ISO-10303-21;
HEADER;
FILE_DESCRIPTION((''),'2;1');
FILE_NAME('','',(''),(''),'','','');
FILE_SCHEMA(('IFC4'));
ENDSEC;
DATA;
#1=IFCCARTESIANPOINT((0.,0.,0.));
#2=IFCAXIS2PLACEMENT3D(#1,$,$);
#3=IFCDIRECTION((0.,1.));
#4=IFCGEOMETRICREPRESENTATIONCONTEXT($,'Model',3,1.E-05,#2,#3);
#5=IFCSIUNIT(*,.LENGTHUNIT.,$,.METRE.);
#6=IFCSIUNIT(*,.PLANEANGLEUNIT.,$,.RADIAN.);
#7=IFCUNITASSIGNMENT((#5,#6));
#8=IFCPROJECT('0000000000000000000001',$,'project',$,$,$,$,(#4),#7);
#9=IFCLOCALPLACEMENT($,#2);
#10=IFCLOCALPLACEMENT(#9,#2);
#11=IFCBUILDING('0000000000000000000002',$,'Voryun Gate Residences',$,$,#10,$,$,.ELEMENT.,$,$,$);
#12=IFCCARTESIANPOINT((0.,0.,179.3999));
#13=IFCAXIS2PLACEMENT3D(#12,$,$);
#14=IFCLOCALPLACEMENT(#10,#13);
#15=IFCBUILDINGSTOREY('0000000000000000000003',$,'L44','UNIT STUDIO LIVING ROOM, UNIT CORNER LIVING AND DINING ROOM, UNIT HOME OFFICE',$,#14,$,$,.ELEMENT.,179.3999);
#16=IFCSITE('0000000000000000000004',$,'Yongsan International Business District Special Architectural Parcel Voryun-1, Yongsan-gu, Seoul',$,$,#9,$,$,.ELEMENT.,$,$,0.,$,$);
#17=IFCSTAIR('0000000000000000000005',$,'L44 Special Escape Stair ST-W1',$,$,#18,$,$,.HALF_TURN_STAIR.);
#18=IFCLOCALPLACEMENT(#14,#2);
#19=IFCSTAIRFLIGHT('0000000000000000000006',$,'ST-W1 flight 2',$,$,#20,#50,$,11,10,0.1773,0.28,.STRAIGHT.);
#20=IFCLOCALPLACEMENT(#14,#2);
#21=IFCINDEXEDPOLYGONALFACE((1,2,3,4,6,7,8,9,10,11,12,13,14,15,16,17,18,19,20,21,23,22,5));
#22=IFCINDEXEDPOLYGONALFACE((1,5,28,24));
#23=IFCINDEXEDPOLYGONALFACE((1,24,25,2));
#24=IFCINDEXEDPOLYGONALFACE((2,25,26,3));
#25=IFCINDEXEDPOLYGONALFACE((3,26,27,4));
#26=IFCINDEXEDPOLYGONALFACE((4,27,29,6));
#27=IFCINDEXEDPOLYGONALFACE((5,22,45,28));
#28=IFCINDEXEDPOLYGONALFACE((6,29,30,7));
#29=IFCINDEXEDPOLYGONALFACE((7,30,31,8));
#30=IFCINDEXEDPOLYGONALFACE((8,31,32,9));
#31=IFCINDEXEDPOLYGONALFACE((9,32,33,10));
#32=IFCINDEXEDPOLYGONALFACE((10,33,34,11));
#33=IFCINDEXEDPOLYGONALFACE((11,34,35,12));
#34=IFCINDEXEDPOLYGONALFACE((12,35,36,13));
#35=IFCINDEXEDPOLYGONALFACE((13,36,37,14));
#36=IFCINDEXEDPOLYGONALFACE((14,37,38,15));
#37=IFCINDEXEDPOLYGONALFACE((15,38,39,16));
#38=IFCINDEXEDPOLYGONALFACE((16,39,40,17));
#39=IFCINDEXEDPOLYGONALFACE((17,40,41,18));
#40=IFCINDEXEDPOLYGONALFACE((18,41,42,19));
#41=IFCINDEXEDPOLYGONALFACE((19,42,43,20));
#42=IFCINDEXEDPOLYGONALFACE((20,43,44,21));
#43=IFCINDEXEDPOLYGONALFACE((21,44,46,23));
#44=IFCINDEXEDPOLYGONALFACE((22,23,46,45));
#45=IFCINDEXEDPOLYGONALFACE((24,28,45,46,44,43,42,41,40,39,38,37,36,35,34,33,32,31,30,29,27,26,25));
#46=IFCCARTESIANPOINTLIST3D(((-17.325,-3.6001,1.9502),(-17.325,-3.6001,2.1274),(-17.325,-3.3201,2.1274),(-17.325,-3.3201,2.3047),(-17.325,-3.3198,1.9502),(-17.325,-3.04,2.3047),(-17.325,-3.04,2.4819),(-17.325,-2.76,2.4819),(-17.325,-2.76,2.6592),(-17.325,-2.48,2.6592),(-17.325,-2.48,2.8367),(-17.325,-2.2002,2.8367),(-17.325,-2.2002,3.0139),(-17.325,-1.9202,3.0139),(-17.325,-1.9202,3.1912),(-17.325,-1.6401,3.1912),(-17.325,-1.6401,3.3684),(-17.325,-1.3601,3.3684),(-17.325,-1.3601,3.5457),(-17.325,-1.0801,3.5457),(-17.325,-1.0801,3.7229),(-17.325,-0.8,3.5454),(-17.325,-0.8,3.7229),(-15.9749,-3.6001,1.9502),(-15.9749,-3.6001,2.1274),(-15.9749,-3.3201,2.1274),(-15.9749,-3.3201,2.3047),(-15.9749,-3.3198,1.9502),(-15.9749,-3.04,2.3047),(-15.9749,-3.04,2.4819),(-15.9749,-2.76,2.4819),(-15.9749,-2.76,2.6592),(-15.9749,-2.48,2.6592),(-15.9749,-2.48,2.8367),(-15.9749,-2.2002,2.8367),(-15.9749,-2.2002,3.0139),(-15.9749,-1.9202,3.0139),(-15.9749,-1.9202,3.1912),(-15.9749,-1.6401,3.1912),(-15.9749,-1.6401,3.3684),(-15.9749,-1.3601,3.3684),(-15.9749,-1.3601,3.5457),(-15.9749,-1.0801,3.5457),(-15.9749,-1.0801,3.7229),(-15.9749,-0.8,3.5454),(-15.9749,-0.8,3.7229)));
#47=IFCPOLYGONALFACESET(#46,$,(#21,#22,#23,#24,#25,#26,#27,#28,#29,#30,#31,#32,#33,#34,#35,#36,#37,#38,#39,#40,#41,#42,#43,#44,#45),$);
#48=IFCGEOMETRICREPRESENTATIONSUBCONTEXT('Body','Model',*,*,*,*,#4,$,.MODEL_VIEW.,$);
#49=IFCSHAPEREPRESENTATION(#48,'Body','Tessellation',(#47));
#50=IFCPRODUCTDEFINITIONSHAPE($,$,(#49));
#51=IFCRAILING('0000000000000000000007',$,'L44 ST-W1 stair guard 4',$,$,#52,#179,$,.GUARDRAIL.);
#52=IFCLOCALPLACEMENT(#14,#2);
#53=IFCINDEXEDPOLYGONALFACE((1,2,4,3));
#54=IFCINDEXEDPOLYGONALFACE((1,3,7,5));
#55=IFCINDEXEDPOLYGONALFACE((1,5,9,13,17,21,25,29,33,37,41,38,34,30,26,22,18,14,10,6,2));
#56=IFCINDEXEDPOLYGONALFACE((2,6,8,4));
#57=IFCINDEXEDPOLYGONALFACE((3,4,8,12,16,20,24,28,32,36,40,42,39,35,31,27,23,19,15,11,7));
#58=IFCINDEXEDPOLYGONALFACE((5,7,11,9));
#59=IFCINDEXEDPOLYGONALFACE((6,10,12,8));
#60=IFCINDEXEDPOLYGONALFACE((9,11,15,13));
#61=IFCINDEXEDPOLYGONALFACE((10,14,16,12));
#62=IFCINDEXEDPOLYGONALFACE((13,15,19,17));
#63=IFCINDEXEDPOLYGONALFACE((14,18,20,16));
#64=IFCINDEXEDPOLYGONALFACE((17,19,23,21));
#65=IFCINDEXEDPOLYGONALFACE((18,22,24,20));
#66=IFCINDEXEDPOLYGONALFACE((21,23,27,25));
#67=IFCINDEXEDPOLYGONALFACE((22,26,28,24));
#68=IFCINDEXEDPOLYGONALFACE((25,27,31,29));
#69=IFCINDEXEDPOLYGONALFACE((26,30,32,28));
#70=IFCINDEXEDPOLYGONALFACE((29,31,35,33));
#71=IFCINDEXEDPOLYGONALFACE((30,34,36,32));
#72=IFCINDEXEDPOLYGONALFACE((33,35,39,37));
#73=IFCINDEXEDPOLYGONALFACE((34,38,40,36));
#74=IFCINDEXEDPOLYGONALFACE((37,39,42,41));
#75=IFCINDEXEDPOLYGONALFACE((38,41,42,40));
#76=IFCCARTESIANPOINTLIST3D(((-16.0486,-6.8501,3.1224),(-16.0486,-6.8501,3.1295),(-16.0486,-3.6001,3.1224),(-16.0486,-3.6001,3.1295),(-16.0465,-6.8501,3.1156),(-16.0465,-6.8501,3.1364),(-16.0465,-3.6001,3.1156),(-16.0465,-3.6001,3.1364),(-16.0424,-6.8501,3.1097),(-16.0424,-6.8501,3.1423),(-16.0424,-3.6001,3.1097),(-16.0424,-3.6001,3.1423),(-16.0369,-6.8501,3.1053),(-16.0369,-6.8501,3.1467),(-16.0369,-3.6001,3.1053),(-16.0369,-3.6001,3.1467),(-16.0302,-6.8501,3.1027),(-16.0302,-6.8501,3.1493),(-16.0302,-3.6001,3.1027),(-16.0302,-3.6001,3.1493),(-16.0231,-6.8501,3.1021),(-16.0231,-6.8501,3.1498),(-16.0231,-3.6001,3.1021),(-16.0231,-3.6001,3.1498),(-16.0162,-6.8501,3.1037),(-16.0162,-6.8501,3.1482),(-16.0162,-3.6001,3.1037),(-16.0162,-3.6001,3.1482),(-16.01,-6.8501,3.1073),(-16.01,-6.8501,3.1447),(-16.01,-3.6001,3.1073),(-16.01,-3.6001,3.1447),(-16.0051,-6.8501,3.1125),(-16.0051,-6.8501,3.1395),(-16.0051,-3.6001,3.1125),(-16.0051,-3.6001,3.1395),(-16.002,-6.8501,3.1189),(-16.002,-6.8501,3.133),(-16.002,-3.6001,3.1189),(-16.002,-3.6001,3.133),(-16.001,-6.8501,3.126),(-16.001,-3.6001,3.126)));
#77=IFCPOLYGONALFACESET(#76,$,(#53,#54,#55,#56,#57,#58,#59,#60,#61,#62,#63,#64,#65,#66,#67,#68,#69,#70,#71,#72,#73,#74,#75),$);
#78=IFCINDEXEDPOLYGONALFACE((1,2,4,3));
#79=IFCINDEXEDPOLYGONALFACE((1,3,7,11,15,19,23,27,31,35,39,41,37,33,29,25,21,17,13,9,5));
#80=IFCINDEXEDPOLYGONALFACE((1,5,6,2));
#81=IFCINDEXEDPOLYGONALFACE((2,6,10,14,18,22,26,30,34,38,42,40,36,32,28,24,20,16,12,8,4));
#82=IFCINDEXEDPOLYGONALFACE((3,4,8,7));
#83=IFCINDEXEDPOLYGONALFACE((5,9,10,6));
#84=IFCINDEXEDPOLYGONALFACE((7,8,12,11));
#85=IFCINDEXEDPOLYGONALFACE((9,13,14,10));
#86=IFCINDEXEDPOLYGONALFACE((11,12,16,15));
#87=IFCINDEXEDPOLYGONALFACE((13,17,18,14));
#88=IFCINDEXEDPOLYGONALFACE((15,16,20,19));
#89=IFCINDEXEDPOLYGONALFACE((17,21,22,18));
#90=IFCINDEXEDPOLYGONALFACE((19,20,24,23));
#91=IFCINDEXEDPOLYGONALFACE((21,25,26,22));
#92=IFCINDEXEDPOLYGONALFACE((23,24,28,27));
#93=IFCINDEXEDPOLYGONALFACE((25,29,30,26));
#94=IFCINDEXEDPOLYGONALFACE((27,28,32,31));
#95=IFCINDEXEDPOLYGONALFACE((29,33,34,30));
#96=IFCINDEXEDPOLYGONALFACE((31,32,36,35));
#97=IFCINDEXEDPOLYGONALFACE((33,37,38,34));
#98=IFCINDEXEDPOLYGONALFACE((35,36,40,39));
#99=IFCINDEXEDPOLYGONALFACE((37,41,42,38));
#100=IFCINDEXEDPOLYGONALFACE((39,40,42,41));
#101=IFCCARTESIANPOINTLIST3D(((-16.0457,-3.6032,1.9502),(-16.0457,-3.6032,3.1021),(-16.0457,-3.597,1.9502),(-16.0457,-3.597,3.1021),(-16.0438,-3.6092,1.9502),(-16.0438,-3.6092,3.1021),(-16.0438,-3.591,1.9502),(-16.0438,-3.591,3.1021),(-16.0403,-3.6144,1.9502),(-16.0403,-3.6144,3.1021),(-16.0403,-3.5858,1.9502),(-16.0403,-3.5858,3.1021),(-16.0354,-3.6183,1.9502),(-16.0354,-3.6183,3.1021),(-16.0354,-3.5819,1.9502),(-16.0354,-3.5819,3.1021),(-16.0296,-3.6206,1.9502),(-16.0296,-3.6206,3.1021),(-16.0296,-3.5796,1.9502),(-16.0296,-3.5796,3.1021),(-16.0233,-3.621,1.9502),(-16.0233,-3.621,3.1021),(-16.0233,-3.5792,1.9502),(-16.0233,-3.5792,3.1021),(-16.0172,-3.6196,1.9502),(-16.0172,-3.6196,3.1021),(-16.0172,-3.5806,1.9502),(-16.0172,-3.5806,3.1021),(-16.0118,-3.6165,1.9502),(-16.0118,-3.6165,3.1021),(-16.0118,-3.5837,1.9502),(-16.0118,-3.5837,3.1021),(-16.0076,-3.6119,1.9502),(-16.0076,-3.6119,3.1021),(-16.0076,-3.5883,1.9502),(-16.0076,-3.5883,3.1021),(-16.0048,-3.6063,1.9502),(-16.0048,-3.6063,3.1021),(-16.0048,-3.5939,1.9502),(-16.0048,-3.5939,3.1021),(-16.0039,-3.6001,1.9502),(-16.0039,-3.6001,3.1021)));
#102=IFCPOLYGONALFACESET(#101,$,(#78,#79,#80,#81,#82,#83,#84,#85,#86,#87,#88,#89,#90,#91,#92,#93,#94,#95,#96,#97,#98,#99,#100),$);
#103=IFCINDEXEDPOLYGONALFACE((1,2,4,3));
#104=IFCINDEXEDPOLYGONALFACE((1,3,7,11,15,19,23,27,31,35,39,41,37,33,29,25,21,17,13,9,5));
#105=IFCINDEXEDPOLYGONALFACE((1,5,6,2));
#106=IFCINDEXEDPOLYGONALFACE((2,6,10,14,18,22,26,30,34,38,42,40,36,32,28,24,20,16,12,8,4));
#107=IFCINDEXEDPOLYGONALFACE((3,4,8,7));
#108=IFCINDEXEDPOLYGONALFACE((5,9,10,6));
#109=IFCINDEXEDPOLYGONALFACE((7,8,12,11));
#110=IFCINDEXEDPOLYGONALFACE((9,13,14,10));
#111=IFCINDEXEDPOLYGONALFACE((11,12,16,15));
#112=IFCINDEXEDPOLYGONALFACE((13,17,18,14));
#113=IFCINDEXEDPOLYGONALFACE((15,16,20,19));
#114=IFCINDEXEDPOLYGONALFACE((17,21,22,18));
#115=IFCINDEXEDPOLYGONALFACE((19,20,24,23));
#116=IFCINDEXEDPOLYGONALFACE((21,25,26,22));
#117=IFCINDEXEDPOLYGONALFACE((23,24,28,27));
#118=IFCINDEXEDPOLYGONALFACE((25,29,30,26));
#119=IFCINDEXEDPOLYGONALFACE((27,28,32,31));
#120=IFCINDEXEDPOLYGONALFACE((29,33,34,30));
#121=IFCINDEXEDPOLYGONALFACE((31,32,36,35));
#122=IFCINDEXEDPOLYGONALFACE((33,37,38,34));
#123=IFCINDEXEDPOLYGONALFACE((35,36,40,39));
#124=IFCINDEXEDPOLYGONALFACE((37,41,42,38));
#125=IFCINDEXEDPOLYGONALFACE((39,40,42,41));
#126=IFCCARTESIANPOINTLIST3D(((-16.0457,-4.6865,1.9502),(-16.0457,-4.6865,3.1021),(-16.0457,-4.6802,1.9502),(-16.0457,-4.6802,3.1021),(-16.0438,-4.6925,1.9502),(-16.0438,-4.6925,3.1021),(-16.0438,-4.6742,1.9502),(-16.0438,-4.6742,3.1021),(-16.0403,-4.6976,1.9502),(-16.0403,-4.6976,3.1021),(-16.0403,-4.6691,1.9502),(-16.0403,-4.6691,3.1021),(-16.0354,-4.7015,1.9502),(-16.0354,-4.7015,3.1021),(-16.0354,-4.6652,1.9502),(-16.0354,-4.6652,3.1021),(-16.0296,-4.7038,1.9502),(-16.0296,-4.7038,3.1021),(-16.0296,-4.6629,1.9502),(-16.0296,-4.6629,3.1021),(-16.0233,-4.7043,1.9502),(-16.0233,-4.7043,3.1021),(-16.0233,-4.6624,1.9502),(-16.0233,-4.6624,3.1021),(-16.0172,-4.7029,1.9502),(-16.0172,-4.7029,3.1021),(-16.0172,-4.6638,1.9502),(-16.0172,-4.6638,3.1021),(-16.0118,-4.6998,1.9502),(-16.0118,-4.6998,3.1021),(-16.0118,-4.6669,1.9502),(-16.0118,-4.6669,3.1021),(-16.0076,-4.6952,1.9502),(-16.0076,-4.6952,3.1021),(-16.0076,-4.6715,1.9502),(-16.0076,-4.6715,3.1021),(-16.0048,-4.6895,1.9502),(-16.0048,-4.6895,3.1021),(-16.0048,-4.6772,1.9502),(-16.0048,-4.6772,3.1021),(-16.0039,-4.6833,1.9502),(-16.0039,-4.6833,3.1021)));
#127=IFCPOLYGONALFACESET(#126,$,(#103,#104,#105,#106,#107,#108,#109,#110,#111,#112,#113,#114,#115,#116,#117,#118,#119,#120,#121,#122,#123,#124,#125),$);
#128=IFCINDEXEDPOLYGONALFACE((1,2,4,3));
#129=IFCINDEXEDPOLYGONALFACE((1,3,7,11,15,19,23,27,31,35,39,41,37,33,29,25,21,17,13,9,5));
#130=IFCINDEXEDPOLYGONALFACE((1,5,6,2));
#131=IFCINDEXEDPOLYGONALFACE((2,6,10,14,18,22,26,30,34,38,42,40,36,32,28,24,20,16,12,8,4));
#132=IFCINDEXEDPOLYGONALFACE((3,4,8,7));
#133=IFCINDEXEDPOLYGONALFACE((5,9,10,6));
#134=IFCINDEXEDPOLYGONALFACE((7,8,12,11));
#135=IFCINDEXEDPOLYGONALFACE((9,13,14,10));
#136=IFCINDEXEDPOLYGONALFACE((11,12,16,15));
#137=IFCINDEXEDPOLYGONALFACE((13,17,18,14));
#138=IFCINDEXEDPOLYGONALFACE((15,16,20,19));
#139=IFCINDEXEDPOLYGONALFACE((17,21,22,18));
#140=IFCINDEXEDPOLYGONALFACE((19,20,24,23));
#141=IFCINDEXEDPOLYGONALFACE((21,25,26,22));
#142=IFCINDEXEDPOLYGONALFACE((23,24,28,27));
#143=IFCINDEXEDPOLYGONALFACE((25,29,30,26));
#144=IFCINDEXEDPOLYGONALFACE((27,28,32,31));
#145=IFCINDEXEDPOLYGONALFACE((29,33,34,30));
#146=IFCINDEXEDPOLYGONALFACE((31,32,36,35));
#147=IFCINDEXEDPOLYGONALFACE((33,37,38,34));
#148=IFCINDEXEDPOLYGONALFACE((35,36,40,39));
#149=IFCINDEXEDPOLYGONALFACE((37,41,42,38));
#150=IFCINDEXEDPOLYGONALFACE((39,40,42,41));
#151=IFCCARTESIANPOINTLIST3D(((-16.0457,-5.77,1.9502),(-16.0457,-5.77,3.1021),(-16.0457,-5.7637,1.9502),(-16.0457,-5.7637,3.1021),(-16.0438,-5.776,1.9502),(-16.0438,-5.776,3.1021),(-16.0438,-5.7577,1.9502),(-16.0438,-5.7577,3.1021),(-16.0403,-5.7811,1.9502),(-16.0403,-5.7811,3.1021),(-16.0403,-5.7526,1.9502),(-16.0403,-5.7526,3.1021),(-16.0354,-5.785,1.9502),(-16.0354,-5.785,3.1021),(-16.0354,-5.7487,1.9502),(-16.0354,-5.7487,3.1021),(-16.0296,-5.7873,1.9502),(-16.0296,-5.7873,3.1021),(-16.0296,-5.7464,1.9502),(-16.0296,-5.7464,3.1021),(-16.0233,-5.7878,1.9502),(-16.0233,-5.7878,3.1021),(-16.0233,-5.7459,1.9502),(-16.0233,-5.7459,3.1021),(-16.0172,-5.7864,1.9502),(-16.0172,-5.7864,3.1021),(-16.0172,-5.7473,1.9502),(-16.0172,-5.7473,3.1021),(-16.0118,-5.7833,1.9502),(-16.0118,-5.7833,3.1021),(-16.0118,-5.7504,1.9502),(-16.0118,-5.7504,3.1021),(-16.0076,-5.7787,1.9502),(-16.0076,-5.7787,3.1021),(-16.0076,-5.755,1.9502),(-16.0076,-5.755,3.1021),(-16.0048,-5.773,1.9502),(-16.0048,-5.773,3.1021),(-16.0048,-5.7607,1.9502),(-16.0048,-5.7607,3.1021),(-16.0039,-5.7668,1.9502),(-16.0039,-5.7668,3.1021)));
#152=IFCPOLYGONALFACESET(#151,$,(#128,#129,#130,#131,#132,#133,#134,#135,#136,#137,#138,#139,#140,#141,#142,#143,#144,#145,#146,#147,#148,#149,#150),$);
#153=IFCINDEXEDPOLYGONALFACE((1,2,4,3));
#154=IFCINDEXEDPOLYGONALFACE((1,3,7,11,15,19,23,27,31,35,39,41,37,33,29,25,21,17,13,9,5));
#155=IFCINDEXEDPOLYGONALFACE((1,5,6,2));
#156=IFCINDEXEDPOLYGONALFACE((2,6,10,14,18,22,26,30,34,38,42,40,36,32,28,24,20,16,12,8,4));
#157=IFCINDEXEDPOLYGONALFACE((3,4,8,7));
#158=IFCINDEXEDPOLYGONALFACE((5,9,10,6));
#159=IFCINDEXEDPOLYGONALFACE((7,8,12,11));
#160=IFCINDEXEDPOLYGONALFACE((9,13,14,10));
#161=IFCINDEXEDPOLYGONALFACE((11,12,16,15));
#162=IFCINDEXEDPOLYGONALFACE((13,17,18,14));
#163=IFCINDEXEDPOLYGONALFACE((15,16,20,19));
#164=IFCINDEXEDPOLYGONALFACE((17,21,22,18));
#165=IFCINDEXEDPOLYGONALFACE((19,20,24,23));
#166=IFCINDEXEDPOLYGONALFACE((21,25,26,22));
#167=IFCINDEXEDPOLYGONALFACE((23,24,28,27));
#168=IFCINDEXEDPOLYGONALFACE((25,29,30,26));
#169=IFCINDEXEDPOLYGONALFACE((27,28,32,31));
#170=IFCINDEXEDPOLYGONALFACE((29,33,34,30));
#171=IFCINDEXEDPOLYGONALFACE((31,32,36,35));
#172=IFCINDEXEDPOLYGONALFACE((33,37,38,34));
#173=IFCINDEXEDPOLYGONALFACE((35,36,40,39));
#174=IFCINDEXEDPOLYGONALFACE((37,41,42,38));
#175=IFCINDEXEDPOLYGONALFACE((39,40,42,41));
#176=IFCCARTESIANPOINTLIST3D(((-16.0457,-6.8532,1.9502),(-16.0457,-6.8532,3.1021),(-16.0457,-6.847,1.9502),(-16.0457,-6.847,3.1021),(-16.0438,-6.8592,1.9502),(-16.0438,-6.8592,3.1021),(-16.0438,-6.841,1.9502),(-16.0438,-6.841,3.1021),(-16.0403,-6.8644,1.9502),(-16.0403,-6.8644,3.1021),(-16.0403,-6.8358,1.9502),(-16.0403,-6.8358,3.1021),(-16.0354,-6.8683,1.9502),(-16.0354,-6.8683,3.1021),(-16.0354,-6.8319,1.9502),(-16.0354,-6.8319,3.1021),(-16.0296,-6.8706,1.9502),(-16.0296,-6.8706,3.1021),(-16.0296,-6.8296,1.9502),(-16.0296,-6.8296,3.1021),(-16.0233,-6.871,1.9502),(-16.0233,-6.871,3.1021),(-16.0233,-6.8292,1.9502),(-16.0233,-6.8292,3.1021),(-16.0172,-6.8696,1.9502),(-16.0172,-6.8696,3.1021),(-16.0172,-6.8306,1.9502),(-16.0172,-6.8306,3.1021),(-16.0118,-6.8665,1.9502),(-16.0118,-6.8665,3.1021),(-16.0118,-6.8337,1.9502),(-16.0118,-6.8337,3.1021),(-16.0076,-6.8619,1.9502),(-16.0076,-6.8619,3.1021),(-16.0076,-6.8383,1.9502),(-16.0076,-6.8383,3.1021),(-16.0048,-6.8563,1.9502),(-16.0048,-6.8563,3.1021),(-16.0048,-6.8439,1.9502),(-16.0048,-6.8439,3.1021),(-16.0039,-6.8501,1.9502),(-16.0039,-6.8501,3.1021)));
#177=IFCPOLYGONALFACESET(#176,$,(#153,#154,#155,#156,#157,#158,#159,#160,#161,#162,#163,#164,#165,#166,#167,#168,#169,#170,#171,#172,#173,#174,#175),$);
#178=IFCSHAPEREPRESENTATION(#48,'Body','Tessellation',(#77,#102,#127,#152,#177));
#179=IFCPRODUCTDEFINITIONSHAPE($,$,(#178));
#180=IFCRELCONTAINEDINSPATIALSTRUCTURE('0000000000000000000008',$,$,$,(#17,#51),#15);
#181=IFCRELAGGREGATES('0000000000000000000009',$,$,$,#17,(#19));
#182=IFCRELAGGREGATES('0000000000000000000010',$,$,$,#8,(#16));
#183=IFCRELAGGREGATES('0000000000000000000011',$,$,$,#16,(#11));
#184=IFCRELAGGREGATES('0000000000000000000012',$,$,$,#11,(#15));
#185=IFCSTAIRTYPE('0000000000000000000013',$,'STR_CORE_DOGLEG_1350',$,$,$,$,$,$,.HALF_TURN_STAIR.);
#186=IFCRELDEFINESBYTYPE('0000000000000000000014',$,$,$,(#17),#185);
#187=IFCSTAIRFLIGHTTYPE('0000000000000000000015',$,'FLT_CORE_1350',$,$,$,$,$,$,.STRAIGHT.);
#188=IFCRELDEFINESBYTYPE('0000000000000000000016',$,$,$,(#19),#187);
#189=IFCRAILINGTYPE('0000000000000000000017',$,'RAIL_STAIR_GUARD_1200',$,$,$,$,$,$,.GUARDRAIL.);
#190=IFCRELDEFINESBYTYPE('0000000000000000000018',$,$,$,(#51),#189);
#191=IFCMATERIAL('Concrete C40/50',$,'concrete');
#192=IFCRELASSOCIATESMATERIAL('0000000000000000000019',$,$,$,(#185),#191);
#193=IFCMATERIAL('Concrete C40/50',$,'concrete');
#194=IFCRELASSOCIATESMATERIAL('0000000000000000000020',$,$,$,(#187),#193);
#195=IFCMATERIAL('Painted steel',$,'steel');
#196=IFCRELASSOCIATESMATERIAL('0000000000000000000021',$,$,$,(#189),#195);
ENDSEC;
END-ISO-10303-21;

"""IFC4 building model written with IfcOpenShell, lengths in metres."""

from ifc_helpers import new_model, si_unit, direction, frame, origin, origin_2d, place, context, subcontext, project, spatial, polyline, circle, outline, extrude, material, type_object, element, aggregate, save


model = new_model("IFC4")

# Units and contexts
model_context = context("Model", 3, precision=1e-05, world=origin(), true_north=direction((0.0, 1.0)))
body_context = subcontext(model_context, "Body", "Model", "MODEL_VIEW")
ifc_project = project(units=[si_unit("LENGTHUNIT", "METRE"), si_unit("PLANEANGLEUNIT", "RADIAN")], contexts=[model_context])

# Site, building, storey
site_placement = place(None, origin())
site = spatial("IfcSite", under=ifc_project, at=site_placement, Name="Yongsan International Business District Special Architectural Parcel Voryun-1, Yongsan-gu, Seoul", CompositionType="ELEMENT", RefElevation=0.0)
building_placement = place(site_placement, origin())
building = spatial("IfcBuilding", under=site, at=building_placement, Name="Voryun Gate Residences", CompositionType="ELEMENT")
storey_placement = place(building_placement, frame((0.0, 0.0, 179.3999)))
storey = spatial("IfcBuildingStorey", under=building, at=storey_placement, Name="L44", Description="UNIT STUDIO LIVING ROOM, UNIT CORNER LIVING AND DINING ROOM, UNIT HOME OFFICE", CompositionType="ELEMENT", Elevation=179.3999)

# Stair, stair flight
ifc_material_1 = material(Name="Concrete C40/50", Category="concrete")
stair_type = type_object("IfcStairType", Name="STR_CORE_DOGLEG_1350", PredefinedType="HALF_TURN_STAIR", material=ifc_material_1)
stair_placement = place(storey_placement, origin())
stair = element("IfcStair", 1, at=stair_placement, inside=storey, type_object=stair_type, Name="L44 Special Escape Stair ST-W1", PredefinedType="HALF_TURN_STAIR")
ifc_material_2 = material(Name="Concrete C40/50", Category="concrete")
stair_flight_type = type_object("IfcStairFlightType", Name="FLT_CORE_1350", PredefinedType="STRAIGHT", material=ifc_material_2)
stair_flight_placement = place(storey_placement, frame((-16.6499, -3.6001, 1.9502), z_axis=(0.0, 0.0, 1.0), x_axis=(0.0, 1.0, 0.0)))
stair_flight = element("IfcStairFlight", 2, at=stair_flight_placement, type_object=stair_flight_type, Name="ST-W1 flight 2", NumberOfRisers=11, NumberOfTreads=10, PredefinedType="STRAIGHT", RiserHeight=0.1773, TreadLength=0.28, context=body_context, shape_type="SweptSolid", body=[
    extrude(outline(polyline([(0.0, 0.0), (0.0, 0.1772), (0.28, 0.1772), (0.28, 0.3545), (0.5601, 0.3545), (0.5601, 0.5317), (0.8401, 0.5317), (0.8401, 0.709), (1.1201, 0.709), (1.1201, 0.8865), (1.3999, 0.8865), (1.3999, 1.0637), (1.6799, 1.0637), (1.6799, 1.241), (1.96, 1.241), (1.96, 1.4182), (2.24, 1.4182), (2.24, 1.5955), (2.52, 1.5955), (2.52, 1.7727), (2.8, 1.7727), (2.8, 1.95), (2.8, 1.5952), (0.2803, 0.0), (0.0, 0.0)])), frame((0.0, 0.675, 0.0), z_axis=(0.0, -1.0, 0.0), x_axis=(1.0, 0.0, 0.0)), (0.0, 0.0, 1.0), 1.3501),
])
aggregate(stair, [stair_flight])

# Railing
ifc_material_3 = material(Name="Painted steel", Category="steel")
railing_type_1 = type_object("IfcRailingType", Name="RAIL_STAIR_GUARD_1200", PredefinedType="GUARDRAIL", material=ifc_material_3)
railing_1_placement = place(storey_placement, frame((-16.0249, -3.6001, 1.9502)))
element("IfcRailing", 3, at=railing_1_placement, inside=storey, type_object=railing_type_1, Name="L44 ST-W1 stair guard 4", PredefinedType="GUARDRAIL", context=body_context, shape_type="SweptSolid", body=[
    extrude(circle(Radius=0.0239, at=origin_2d()), frame((0.0, 0.0, 1.1758), z_axis=(0.0, -1.0, 0.0), x_axis=(1.0, 0.0, 0.0)), (0.0, 0.0, 1.0), 3.25),
    extrude(circle(Radius=0.021, at=origin_2d()), origin(), (0.0, 0.0, 1.0), 1.1519),
    extrude(circle(Radius=0.021, at=origin_2d()), frame((0.0, -1.0833, 0.0)), (0.0, 0.0, 1.0), 1.1519),
    extrude(circle(Radius=0.021, at=origin_2d()), frame((0.0, -2.1667, 0.0)), (0.0, 0.0, 1.0), 1.1519),
    extrude(circle(Radius=0.021, at=origin_2d()), frame((0.0, -3.25, 0.0)), (0.0, 0.0, 1.0), 1.1519),
])

save(model, "model.ifc")
